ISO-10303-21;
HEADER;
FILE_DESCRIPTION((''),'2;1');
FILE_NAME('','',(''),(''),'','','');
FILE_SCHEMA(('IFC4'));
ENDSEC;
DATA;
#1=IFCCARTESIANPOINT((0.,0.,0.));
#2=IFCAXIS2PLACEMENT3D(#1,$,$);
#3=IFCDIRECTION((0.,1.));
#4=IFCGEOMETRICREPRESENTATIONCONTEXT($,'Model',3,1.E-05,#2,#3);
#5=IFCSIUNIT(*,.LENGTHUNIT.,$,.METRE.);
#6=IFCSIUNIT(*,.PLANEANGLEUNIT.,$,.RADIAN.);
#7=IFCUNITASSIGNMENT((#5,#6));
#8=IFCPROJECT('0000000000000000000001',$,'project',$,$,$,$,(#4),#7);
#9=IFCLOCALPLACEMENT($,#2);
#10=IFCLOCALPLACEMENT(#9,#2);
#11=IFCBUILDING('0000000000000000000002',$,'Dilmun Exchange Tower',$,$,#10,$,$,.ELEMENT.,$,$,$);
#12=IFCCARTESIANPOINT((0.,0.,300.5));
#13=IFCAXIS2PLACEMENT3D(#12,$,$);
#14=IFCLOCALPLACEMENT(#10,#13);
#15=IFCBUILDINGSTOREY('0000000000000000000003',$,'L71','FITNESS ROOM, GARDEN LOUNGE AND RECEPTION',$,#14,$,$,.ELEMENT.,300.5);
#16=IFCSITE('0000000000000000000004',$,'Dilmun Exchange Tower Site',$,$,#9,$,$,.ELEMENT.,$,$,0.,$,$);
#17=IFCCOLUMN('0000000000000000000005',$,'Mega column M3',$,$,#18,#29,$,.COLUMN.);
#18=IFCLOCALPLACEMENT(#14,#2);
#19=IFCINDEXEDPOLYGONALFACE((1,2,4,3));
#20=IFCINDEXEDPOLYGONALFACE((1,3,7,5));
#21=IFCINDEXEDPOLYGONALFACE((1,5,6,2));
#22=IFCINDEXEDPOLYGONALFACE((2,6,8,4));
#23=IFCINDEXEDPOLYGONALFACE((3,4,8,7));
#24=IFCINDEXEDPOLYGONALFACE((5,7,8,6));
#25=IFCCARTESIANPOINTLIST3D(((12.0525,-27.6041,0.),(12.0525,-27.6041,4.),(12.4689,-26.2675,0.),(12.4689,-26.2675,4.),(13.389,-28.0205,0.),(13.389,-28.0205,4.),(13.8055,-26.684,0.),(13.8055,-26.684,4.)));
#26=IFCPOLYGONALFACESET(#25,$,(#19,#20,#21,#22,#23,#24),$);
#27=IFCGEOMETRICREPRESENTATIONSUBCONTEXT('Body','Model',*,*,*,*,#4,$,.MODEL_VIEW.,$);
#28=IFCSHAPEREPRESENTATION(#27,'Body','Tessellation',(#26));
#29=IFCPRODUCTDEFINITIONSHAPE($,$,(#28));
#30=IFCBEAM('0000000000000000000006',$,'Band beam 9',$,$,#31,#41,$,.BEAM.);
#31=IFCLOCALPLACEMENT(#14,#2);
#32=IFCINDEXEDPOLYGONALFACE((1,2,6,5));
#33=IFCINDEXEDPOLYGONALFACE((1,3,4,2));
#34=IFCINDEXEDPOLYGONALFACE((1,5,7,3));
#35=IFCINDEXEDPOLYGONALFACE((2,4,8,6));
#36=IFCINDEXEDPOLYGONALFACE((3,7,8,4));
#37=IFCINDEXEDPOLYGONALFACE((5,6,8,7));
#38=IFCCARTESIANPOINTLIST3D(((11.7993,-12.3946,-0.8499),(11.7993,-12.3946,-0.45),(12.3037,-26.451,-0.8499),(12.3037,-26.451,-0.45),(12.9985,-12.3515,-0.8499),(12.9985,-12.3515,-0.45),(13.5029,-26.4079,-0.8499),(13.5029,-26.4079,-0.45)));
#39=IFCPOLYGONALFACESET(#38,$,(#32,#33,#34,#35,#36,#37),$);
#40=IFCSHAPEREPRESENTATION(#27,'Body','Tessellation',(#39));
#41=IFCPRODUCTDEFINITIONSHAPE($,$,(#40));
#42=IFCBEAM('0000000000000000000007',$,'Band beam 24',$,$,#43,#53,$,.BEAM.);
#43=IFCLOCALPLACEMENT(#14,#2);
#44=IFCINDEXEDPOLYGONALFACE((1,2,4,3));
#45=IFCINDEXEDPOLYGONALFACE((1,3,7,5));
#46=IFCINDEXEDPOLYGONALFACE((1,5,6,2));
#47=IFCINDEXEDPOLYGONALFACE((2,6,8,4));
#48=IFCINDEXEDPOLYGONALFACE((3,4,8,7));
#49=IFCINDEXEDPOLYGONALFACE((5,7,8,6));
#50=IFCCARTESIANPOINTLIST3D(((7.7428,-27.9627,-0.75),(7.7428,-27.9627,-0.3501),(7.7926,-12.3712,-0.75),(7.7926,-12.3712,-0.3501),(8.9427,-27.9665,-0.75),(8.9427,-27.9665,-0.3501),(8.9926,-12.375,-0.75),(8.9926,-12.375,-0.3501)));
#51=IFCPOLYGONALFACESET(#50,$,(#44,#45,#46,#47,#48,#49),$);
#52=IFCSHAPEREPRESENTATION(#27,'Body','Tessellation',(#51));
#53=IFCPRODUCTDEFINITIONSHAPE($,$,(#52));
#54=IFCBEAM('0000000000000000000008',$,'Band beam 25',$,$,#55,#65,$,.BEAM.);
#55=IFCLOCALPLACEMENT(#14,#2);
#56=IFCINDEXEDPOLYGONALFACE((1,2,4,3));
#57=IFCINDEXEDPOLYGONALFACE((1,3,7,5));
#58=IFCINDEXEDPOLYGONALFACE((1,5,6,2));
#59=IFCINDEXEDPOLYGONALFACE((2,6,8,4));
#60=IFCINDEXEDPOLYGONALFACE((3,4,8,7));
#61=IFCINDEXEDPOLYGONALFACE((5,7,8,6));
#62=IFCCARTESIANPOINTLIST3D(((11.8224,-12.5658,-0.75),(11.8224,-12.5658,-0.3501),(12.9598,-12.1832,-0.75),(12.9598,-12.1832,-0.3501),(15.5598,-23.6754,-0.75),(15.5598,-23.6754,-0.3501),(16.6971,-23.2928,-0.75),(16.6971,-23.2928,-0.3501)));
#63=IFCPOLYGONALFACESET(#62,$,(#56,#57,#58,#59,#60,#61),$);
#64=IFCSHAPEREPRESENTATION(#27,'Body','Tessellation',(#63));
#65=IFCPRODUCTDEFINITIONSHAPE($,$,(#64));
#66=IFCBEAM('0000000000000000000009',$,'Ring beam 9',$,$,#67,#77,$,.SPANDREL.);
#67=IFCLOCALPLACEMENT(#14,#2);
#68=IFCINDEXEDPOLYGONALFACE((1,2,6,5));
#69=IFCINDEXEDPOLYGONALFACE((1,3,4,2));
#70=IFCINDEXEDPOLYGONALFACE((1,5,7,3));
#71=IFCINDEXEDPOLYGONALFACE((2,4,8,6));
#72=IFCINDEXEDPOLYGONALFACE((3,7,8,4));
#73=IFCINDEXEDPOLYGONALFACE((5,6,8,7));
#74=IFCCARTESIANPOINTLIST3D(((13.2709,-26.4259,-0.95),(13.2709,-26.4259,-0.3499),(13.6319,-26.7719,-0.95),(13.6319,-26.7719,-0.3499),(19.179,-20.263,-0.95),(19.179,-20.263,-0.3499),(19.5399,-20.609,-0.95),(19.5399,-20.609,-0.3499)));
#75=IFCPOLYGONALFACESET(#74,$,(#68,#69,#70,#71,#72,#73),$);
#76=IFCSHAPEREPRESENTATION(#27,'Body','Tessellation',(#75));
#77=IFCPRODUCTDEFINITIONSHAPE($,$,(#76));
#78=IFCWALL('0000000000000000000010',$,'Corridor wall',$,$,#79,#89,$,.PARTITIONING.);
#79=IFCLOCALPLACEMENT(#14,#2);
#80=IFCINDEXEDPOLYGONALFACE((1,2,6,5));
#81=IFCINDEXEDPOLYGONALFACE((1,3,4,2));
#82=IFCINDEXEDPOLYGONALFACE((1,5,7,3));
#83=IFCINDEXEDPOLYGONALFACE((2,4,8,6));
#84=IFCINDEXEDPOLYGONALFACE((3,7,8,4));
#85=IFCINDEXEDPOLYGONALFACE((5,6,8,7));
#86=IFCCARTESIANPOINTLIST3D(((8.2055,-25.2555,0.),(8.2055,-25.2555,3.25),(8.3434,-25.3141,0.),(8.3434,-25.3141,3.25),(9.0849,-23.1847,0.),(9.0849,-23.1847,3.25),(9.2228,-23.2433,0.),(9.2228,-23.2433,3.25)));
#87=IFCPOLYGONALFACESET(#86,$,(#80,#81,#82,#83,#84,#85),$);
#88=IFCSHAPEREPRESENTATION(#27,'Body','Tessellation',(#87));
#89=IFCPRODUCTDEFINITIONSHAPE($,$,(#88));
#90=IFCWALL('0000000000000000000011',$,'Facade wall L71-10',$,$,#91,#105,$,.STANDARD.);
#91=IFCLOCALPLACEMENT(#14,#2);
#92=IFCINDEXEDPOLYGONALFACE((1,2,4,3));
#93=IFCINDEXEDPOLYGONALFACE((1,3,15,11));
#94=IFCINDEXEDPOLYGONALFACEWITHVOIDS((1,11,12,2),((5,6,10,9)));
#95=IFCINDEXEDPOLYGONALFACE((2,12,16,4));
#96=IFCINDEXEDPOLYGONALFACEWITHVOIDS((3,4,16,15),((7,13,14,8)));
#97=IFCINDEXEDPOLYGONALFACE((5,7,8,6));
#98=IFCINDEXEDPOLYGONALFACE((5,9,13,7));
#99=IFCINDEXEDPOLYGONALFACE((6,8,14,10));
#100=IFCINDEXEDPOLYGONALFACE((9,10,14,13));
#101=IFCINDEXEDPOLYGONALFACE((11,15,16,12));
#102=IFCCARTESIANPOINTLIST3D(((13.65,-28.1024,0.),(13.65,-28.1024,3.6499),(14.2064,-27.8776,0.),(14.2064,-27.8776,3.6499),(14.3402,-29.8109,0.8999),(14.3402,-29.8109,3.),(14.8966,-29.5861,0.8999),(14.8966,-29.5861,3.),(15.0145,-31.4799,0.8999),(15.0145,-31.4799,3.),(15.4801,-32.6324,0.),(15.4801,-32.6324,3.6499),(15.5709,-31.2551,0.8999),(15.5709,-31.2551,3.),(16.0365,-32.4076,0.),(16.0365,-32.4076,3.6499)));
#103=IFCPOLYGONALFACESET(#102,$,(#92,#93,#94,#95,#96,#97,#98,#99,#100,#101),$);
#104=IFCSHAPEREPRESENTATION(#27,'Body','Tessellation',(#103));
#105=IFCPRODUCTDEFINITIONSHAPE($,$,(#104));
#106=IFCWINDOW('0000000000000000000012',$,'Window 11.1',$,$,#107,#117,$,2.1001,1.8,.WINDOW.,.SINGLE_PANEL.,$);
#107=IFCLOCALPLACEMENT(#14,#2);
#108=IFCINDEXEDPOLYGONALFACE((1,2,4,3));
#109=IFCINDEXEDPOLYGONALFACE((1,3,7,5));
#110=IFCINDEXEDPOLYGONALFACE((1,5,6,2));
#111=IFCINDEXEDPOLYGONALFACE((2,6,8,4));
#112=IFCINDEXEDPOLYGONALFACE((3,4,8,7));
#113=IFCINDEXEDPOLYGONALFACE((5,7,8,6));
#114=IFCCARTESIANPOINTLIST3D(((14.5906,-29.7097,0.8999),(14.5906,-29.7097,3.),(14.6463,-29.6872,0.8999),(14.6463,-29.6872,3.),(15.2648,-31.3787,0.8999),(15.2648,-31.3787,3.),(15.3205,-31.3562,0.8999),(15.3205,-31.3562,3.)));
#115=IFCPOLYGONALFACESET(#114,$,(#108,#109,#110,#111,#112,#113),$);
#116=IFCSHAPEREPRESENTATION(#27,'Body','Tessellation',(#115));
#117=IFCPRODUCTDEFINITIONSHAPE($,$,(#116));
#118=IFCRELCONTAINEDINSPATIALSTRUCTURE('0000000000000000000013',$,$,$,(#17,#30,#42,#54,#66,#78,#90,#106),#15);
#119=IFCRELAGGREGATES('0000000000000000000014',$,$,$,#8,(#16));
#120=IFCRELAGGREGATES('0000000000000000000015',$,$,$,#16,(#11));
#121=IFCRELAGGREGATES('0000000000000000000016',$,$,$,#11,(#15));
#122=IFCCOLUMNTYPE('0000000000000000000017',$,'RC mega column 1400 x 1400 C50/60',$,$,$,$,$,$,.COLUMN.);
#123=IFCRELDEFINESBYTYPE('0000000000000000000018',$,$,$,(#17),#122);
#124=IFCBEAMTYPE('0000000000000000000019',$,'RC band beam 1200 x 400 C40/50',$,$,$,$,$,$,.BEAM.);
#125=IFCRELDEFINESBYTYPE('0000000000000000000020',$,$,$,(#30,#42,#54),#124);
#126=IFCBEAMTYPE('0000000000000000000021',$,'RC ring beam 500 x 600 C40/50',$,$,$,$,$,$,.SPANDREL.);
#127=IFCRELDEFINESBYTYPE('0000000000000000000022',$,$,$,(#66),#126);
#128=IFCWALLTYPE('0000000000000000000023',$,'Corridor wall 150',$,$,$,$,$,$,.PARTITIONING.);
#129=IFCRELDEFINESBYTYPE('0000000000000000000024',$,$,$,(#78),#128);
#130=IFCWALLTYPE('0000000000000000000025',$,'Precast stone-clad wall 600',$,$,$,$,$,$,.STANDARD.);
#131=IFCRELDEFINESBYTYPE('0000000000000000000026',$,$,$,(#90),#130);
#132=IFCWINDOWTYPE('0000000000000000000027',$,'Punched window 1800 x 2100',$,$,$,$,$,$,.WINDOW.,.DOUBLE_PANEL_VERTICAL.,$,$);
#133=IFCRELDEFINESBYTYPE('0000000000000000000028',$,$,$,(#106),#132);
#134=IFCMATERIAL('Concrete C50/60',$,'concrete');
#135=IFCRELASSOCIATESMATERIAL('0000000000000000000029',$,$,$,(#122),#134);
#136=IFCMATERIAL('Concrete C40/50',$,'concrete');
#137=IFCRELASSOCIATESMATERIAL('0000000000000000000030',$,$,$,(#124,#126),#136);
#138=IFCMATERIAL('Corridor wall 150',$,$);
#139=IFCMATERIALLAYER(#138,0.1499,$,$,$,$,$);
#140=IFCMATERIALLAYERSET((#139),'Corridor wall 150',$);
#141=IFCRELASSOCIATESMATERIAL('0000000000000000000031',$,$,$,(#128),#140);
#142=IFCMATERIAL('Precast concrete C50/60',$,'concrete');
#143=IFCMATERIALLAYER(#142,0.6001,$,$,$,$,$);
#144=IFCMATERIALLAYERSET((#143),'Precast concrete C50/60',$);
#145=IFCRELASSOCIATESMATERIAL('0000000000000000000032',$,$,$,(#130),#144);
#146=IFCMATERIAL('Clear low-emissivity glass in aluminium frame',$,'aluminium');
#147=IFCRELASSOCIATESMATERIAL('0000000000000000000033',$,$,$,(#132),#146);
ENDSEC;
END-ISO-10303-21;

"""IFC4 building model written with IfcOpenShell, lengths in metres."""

from ifc_helpers import new_model, si_unit, direction, frame, frame_2d, origin, origin_2d, place, context, subcontext, project, spatial, rectangle, extrude, material, layer, layer_set, material_profile, profile_set, type_object, element, fill, save


model = new_model("IFC4")

# Units and contexts
model_context = context("Model", 3, precision=1e-05, world=origin(), true_north=direction((0.0, 1.0)))
body_context = subcontext(model_context, "Body", "Model", "MODEL_VIEW")
ifc_project = project(units=[si_unit("LENGTHUNIT", "METRE"), si_unit("PLANEANGLEUNIT", "RADIAN")], contexts=[model_context])

# Site, building, storey
site_placement = place(None, origin())
site = spatial("IfcSite", under=ifc_project, at=site_placement, Name="Dilmun Exchange Tower Site", CompositionType="ELEMENT", RefElevation=0.0)
building_placement = place(site_placement, origin())
building = spatial("IfcBuilding", under=site, at=building_placement, Name="Dilmun Exchange Tower", CompositionType="ELEMENT")
storey_placement = place(building_placement, frame((0.0, 0.0, 300.5)))
storey = spatial("IfcBuildingStorey", under=building, at=storey_placement, Name="L71", Description="FITNESS ROOM, GARDEN LOUNGE AND RECEPTION", CompositionType="ELEMENT", Elevation=300.5)

# Column
ifc_material_1 = material(Name="Concrete C50/60", Category="concrete")
ifc_material_profile_1 = material_profile(ifc_material_1, rectangle(XDim=1.3999, YDim=1.3999, at=origin_2d()), Name="1400 x 1400")
ifc_profile_set_1 = profile_set([ifc_material_profile_1], Name="Concrete C50/60")
column_type = type_object("IfcColumnType", Name="RC mega column 1400 x 1400 C50/60", PredefinedType="COLUMN", material=ifc_profile_set_1)
column_placement = place(storey_placement, frame((12.929, -27.144, 0.0), z_axis=(0.0, 0.0, 1.0), x_axis=(0.297503, 0.954721, 0.0)))
element("IfcColumn", 1, at=column_placement, inside=storey, type_object=column_type, Name="Mega column M3", PredefinedType="COLUMN", context=body_context, shape_type="SweptSolid", body=[
    extrude(rectangle(XDim=1.3999, YDim=1.3999, at=origin_2d()), origin(), (0.0, 0.0, 1.0), 4.0),
])

# Beams
ifc_material_2 = material(Name="Concrete C40/50", Category="concrete")
ifc_material_profile_2 = material_profile(ifc_material_2, rectangle(XDim=1.2, YDim=0.3999, at=origin_2d()), Name="1200 x 400")
ifc_profile_set_2 = profile_set([ifc_material_profile_2], Name="Concrete C40/50")
beam_type_1 = type_object("IfcBeamType", Name="RC band beam 1200 x 400 C40/50", PredefinedType="BEAM", material=ifc_profile_set_2)
beam_1_placement = place(storey_placement, frame((12.9033, -26.4294, -0.6499), z_axis=(-0.035861, 0.999357, 0.0), x_axis=(-0.999357, -0.035861, 0.0)))
element("IfcBeam", 2, at=beam_1_placement, inside=storey, type_object=beam_type_1, Name="Band beam 9", PredefinedType="BEAM", context=body_context, shape_type="SweptSolid", body=[
    extrude(rectangle(XDim=1.2, YDim=0.3999, at=origin_2d()), origin(), (0.0, 0.0, 1.0), 14.0654),
])
beam_2_placement = place(storey_placement, frame((8.3428, -27.9646, -0.55), z_axis=(0.003194, 0.999995, 0.0), x_axis=(-0.999995, 0.003194, 0.0)))
element("IfcBeam", 3, at=beam_2_placement, inside=storey, type_object=beam_type_1, Name="Band beam 24", PredefinedType="BEAM", context=body_context, shape_type="SweptSolid", body=[
    extrude(rectangle(XDim=1.2, YDim=0.3999, at=origin_2d()), origin(), (0.0, 0.0, 1.0), 15.5916),
])
beam_3_placement = place(storey_placement, frame((16.1284, -23.4841, -0.55), z_axis=(-0.318845, 0.947807, 0.0), x_axis=(-0.947807, -0.318845, 0.0)))
element("IfcBeam", 4, at=beam_3_placement, inside=storey, type_object=beam_type_1, Name="Band beam 25", PredefinedType="BEAM", context=body_context, shape_type="SweptSolid", body=[
    extrude(rectangle(XDim=1.2, YDim=0.3999, at=origin_2d()), origin(), (0.0, 0.0, 1.0), 11.7214),
])
ifc_material_profile_3 = material_profile(ifc_material_2, rectangle(XDim=0.5, YDim=0.6001, at=origin_2d()), Name="500 x 600")
ifc_profile_set_3 = profile_set([ifc_material_profile_3], Name="Concrete C40/50")
beam_type_2 = type_object("IfcBeamType", Name="RC ring beam 500 x 600 C40/50", PredefinedType="SPANDREL", material=ifc_profile_set_3)
beam_4_placement = place(storey_placement, frame((13.4514, -26.5989, -0.6499), z_axis=(0.692022, 0.721877, 0.0), x_axis=(-0.721877, 0.692022, 0.0)))
element("IfcBeam", 5, at=beam_4_placement, inside=storey, type_object=beam_type_2, Name="Ring beam 9", PredefinedType="SPANDREL", context=body_context, shape_type="SweptSolid", body=[
    extrude(rectangle(XDim=0.5, YDim=0.6001, at=origin_2d()), origin(), (0.0, 0.0, 1.0), 8.5374),
])

# Wall
ifc_material_3 = material(Name="Corridor wall 150")
ifc_layer_1 = layer(ifc_material_3, 0.1499)
ifc_layer_set_1 = layer_set([ifc_layer_1], Name="Corridor wall 150")
wall_type_1 = type_object("IfcWallType", Name="Corridor wall 150", PredefinedType="PARTITIONING", material=ifc_layer_set_1)
wall_1_placement = place(storey_placement, frame((8.2744, -25.2849, 0.0), z_axis=(0.0, 0.0, 1.0), x_axis=(0.390879, 0.920442, 0.0)))
element("IfcWall", 6, at=wall_1_placement, inside=storey, type_object=wall_type_1, Name="Corridor wall", PredefinedType="PARTITIONING", context=body_context, shape_type="SweptSolid", body=[
    extrude(rectangle(XDim=2.2498, YDim=0.1499, at=frame_2d((1.125, 0.0))), origin(), (0.0, 0.0, 1.0), 3.25),
])

# Wall, opening, window
ifc_material_4 = material(Name="Precast concrete C50/60", Category="concrete")
ifc_layer_2 = layer(ifc_material_4, 0.6001)
ifc_layer_set_2 = layer_set([ifc_layer_2], Name="Precast concrete C50/60")
wall_type_2 = type_object("IfcWallType", Name="Precast stone-clad wall 600", PredefinedType="STANDARD", material=ifc_layer_set_2)
wall_2_placement = place(storey_placement, frame((13.9282, -27.99, 0.0), z_axis=(0.0, 0.0, 1.0), x_axis=(0.374576, -0.927196, 0.0)))
wall_2 = element("IfcWall", 7, at=wall_2_placement, inside=storey, type_object=wall_type_2, Name="Facade wall L71-10", PredefinedType="STANDARD", context=body_context, shape_type="SweptSolid", body=[
    extrude(rectangle(XDim=4.8857, YDim=0.6001, at=frame_2d((2.4429, 0.0))), origin(), (0.0, 0.0, 1.0), 3.6499),
])
opening_placement = place(wall_2_placement, frame((1.8428, 0.0, 0.8999)))
opening = element("IfcOpeningElement", 8, at=opening_placement, cuts=wall_2, PredefinedType="OPENING", context=body_context, shape_type="SweptSolid", body=[
    extrude(rectangle(XDim=1.8, YDim=2.1001, at=frame_2d((0.8999, 1.05))), frame((0.0, 0.3101, 0.0), z_axis=(0.0, -1.0, 0.0), x_axis=(1.0, 0.0, 0.0)), (0.0, 0.0, 1.0), 0.6201),
])
ifc_material_5 = material(Name="Clear low-emissivity glass in aluminium frame", Category="aluminium")
window_type = type_object("IfcWindowType", Name="Punched window 1800 x 2100", PartitioningType="DOUBLE_PANEL_VERTICAL", PredefinedType="WINDOW", material=ifc_material_5)
window_placement = place(opening_placement, origin())
window = element("IfcWindow", 9, at=window_placement, inside=storey, type_object=window_type, Name="Window 11.1", OverallHeight=2.1001, OverallWidth=1.8, PartitioningType="SINGLE_PANEL", PredefinedType="WINDOW", context=body_context, shape_type="SweptSolid", body=[
    extrude(rectangle(XDim=1.8, YDim=2.1001, at=frame_2d((0.8999, 1.05))), frame((0.0, 0.03, 0.0), z_axis=(0.0, -1.0, 0.0), x_axis=(1.0, 0.0, 0.0)), (0.0, 0.0, 1.0), 0.0601),
])
fill(opening, window)

save(model, "model.ifc")
